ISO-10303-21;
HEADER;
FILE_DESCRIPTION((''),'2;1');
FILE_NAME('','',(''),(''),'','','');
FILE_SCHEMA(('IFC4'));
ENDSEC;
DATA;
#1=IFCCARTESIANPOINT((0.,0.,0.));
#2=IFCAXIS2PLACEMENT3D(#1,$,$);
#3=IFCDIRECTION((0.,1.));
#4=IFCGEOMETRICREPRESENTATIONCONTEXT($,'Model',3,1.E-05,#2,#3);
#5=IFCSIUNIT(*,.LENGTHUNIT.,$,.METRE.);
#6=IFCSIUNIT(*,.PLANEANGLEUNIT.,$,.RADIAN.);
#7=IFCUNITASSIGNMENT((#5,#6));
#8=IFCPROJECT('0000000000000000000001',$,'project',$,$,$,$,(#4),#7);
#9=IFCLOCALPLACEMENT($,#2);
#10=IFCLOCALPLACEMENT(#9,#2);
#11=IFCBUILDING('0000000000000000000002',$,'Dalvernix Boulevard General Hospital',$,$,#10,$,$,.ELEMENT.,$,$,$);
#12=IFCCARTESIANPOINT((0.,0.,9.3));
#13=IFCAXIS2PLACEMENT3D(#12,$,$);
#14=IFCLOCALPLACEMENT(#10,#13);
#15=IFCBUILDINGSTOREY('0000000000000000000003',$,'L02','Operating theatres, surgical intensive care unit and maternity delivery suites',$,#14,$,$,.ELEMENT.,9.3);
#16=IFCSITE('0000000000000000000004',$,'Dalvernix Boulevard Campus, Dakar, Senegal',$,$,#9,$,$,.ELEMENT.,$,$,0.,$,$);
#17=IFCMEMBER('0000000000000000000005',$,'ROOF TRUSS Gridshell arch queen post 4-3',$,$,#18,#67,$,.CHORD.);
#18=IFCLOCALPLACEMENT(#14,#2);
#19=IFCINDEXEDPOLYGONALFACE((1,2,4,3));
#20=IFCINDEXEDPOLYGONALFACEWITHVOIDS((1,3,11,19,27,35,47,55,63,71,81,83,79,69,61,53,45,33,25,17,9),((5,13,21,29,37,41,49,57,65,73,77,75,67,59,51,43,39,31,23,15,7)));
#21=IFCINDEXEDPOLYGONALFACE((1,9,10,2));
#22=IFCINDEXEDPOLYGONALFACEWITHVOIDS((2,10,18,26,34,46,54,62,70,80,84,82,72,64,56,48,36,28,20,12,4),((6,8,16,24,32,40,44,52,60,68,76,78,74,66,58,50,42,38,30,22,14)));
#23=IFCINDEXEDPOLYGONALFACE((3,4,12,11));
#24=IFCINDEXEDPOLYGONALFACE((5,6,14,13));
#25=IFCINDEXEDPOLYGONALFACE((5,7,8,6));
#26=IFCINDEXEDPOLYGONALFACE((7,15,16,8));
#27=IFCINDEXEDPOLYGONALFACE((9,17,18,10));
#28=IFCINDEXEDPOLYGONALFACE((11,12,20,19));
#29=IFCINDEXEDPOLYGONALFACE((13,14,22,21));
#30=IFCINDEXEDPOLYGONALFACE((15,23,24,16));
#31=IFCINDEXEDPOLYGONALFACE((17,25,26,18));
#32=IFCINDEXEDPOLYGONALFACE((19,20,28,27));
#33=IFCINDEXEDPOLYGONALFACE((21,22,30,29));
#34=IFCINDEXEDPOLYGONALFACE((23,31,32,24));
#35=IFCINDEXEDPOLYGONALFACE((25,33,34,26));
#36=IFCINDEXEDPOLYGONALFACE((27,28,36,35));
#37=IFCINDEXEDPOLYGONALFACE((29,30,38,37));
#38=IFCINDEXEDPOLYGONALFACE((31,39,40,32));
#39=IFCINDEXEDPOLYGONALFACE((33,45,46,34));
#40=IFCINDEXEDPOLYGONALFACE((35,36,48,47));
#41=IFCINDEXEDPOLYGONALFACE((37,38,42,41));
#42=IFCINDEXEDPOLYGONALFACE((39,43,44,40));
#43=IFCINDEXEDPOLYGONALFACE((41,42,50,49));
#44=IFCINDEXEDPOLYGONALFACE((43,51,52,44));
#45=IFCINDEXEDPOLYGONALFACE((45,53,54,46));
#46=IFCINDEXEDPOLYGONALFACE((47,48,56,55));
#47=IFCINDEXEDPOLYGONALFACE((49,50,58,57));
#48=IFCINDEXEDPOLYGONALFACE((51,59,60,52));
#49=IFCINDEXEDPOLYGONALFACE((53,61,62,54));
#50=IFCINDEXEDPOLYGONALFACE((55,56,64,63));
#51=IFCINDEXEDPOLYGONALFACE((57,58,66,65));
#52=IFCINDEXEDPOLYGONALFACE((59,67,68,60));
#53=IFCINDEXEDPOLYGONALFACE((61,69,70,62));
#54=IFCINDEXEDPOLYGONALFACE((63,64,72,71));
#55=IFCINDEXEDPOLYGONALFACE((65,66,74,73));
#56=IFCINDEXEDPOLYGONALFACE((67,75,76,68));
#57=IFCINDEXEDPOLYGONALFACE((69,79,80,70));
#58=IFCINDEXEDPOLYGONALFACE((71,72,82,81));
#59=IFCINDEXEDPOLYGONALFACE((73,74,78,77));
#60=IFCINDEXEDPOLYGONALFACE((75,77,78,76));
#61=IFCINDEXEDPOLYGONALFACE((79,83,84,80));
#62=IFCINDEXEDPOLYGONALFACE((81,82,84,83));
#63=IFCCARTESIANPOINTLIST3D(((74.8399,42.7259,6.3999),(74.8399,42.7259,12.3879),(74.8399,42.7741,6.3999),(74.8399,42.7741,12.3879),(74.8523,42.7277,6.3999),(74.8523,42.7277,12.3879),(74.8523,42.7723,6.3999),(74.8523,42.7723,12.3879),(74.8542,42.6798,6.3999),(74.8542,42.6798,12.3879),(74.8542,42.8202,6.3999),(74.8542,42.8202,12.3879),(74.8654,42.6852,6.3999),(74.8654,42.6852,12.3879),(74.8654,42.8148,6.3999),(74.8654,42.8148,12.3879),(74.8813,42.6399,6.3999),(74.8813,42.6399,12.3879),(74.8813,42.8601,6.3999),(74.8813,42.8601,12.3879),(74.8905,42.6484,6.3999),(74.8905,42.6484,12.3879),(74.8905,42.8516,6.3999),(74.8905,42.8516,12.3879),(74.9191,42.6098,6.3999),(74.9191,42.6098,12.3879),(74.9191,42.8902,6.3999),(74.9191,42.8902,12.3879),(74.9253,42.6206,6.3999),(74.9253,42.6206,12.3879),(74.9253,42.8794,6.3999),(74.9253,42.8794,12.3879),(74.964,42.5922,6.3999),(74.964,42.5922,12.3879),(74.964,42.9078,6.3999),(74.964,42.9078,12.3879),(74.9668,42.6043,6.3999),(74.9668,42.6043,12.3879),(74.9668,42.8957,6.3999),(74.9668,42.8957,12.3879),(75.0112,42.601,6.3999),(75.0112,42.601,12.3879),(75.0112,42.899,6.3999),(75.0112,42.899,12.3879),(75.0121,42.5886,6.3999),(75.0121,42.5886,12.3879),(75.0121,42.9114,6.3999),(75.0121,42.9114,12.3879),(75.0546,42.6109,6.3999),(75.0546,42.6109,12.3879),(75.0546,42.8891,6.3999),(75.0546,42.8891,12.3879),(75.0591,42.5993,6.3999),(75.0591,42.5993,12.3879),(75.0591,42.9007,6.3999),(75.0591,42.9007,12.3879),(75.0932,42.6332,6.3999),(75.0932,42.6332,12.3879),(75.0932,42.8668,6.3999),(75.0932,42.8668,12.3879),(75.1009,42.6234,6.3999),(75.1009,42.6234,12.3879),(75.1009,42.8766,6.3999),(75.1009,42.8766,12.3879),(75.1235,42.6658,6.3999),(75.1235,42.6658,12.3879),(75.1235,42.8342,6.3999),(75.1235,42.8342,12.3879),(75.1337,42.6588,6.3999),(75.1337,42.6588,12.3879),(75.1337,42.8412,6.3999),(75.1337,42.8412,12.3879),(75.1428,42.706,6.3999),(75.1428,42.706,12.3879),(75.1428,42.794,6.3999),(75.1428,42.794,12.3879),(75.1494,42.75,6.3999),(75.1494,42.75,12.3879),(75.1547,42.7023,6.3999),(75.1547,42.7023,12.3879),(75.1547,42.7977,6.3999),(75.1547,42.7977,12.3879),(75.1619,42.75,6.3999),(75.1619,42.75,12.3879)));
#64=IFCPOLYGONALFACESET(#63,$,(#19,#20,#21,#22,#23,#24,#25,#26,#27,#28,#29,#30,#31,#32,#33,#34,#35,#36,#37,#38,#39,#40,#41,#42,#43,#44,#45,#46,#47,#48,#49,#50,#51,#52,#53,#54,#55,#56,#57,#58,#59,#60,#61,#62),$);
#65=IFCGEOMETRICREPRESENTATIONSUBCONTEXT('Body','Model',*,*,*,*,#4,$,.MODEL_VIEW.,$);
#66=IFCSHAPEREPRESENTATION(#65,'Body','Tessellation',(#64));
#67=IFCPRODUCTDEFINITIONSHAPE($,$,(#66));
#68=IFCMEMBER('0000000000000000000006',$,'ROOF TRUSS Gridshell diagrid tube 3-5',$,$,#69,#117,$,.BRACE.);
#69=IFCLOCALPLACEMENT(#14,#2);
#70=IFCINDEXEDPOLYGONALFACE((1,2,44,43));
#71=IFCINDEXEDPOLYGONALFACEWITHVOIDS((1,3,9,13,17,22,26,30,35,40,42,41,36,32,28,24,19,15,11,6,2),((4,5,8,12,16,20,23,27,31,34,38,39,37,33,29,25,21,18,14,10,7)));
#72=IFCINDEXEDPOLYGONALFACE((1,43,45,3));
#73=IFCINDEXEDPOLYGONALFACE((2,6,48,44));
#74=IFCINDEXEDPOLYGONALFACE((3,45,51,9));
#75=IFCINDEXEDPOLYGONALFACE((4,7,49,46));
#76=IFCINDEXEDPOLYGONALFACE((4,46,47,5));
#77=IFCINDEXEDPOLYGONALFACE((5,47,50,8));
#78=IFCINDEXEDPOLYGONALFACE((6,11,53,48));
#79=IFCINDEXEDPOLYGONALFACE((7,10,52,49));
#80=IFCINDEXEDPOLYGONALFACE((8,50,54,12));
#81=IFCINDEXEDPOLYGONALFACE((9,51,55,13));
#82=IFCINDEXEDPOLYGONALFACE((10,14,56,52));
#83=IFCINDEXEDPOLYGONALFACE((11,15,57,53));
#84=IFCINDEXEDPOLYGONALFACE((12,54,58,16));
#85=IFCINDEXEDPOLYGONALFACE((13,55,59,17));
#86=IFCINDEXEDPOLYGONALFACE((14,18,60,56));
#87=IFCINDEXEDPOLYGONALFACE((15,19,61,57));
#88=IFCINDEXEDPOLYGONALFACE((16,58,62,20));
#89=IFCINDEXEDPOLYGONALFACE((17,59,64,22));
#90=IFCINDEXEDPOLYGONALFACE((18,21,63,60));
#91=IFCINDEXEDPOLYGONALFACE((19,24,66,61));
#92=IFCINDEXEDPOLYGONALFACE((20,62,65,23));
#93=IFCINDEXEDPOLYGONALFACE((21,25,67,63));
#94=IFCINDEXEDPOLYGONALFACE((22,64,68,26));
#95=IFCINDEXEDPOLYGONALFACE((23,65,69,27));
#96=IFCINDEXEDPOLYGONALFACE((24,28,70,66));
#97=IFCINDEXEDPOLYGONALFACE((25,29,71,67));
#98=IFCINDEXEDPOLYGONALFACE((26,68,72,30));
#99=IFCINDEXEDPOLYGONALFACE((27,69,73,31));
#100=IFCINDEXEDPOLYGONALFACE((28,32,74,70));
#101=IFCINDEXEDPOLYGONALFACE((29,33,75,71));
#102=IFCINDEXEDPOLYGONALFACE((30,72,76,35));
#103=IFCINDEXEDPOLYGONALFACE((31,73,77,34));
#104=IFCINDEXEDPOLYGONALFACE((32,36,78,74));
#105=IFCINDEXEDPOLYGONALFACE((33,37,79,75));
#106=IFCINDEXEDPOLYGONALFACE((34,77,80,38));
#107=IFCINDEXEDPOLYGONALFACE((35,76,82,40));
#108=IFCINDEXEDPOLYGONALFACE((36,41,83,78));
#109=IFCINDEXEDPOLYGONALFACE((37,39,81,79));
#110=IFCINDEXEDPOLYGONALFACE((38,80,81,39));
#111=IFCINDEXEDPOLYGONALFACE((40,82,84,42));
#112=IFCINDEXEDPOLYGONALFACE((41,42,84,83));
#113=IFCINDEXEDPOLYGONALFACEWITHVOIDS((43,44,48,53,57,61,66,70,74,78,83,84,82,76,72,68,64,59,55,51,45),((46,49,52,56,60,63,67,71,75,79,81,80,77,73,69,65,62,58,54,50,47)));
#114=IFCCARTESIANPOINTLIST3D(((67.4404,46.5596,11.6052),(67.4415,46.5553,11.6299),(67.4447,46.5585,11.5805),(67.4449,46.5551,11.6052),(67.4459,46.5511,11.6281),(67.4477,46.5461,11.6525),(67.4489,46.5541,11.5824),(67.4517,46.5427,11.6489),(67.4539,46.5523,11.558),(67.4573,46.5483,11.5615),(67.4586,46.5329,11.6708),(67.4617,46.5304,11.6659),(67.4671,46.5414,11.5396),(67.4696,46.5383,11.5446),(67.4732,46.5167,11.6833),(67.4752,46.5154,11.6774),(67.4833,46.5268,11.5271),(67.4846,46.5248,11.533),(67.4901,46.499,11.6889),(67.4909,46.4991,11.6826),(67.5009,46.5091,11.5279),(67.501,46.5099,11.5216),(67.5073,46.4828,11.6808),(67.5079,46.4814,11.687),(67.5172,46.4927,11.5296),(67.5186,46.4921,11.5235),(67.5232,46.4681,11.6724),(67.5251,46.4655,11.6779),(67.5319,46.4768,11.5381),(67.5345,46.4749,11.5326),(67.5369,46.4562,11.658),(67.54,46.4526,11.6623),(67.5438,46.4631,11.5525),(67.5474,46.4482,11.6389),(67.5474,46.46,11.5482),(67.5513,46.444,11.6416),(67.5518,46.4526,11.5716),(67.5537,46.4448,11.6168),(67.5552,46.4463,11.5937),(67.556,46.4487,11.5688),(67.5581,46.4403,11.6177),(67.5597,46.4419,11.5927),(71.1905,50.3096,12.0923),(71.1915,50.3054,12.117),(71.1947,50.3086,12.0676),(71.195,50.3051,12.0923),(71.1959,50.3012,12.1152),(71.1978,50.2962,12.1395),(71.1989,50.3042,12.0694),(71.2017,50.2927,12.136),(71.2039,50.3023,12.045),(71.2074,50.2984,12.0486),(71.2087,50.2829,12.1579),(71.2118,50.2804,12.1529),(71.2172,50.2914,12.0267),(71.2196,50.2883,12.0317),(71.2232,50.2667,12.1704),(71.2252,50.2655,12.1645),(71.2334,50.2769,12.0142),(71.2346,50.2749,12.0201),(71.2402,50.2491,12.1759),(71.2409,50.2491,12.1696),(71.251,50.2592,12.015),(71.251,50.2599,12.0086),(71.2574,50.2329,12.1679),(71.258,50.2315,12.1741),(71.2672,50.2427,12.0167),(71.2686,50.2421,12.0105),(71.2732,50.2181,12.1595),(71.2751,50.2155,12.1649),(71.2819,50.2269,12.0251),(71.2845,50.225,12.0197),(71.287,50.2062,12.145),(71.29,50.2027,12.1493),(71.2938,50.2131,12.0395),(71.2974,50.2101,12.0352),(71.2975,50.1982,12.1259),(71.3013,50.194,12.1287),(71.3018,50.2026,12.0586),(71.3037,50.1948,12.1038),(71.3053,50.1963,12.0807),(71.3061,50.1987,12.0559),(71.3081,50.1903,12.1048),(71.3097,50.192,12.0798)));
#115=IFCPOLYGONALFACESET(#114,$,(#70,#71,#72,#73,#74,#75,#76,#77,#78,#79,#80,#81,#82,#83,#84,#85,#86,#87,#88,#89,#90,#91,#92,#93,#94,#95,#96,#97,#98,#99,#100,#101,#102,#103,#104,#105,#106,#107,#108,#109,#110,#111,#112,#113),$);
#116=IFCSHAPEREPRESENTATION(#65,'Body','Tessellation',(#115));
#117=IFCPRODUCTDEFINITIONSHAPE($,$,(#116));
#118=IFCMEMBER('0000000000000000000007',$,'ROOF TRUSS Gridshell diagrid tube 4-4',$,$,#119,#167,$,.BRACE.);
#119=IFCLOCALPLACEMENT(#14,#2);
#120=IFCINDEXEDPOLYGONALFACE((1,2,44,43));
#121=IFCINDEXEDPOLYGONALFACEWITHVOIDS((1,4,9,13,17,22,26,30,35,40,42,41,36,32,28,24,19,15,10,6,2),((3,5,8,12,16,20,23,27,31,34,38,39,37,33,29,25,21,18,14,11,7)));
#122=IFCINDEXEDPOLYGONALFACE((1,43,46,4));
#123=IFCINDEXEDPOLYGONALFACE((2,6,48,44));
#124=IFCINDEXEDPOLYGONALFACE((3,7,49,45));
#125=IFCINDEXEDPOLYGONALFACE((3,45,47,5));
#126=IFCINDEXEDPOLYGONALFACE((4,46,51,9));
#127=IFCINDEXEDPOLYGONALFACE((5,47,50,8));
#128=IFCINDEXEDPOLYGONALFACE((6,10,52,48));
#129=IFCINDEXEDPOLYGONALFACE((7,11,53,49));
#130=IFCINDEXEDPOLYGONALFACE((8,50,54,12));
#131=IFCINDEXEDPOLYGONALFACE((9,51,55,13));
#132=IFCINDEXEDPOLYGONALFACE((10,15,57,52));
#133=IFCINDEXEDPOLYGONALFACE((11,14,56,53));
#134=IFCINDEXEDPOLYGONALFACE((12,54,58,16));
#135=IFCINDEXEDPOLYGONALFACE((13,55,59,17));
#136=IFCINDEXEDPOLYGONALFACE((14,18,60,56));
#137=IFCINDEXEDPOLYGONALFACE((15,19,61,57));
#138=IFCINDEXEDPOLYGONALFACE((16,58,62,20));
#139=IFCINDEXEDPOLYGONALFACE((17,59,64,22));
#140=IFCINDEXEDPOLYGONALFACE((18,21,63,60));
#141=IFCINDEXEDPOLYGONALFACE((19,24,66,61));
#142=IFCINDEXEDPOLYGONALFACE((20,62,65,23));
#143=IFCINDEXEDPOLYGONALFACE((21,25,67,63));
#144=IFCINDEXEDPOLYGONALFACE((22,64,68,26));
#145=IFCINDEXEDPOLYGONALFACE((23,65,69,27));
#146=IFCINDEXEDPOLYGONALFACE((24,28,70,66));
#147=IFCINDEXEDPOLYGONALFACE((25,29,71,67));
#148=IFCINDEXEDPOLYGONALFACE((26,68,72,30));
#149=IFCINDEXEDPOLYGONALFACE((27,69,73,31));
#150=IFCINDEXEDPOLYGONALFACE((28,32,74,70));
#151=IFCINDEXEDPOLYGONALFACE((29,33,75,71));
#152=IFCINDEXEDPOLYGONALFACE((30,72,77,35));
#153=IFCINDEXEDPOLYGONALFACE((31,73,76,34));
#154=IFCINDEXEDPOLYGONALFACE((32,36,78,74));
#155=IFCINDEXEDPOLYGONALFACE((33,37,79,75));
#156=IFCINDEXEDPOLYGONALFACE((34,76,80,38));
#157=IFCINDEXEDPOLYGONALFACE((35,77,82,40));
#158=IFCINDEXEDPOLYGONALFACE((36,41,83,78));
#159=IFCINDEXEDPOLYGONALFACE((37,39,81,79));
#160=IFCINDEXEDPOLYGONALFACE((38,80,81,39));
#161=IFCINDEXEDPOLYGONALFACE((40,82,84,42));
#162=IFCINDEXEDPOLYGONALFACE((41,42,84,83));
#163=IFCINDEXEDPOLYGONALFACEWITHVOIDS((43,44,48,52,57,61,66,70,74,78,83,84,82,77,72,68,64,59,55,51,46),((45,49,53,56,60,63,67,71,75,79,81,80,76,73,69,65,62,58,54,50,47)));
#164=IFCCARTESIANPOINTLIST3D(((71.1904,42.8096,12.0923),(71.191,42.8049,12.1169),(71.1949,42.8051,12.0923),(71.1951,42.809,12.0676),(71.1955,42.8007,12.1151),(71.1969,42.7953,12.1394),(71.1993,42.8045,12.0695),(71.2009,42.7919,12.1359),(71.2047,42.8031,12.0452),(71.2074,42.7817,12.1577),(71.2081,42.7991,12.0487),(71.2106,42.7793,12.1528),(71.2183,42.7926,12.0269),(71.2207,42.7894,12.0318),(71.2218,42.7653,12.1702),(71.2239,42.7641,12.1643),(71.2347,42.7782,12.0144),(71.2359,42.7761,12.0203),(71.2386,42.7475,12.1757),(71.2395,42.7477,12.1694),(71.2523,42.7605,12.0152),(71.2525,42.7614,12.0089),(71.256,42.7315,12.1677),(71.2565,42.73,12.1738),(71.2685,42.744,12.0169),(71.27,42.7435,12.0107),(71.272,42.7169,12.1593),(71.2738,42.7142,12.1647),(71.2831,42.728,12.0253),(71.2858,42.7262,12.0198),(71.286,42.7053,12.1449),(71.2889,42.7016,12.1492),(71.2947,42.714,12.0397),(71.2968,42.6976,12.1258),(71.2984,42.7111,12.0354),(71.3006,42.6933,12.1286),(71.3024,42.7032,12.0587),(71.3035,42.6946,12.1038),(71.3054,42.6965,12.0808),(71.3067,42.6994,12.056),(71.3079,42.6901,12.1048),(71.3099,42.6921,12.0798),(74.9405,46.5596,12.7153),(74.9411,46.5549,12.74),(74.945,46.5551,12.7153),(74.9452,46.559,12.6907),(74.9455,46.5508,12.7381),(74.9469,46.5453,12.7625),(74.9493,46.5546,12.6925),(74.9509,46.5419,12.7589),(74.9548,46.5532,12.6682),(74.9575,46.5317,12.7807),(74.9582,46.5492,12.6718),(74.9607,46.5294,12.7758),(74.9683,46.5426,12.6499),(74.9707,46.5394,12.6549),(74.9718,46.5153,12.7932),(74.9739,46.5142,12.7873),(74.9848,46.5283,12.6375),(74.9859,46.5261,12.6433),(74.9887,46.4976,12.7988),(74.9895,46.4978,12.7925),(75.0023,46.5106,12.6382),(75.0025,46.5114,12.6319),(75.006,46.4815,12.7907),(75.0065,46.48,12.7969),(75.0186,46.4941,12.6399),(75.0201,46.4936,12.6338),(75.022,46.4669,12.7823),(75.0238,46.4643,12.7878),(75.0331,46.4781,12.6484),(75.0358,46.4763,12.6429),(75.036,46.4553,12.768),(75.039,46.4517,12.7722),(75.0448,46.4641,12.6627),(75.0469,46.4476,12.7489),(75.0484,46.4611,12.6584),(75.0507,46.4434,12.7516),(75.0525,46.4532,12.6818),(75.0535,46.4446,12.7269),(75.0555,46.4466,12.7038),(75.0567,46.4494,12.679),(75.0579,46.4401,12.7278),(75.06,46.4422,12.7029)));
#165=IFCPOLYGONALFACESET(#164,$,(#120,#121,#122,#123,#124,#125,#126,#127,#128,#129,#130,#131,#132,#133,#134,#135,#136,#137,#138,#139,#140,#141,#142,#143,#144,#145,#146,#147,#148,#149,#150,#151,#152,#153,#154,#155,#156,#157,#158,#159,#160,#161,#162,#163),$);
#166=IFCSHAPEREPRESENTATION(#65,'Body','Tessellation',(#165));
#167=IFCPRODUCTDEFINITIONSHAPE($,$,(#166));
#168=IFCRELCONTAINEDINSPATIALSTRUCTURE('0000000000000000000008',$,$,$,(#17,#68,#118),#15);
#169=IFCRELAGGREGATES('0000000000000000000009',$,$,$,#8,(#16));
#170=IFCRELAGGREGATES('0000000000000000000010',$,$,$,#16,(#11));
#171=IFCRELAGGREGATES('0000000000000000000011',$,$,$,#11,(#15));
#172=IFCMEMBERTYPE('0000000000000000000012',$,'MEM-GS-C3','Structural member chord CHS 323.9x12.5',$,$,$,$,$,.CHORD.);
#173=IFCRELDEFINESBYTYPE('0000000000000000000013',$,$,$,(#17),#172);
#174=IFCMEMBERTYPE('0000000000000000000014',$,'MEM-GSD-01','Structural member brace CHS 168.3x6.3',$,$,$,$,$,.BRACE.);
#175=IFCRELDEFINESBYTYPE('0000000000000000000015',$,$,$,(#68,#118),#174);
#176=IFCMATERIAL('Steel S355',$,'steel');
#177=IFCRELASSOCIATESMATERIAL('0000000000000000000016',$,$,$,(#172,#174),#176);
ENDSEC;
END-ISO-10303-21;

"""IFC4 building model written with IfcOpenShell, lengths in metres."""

from ifc_helpers import new_model, si_unit, direction, frame, origin, origin_2d, place, context, subcontext, project, spatial, hollow_circle, extrude, material, material_profile, profile_set, type_object, element, save


model = new_model("IFC4")

# Units and contexts
model_context = context("Model", 3, precision=1e-05, world=origin(), true_north=direction((0.0, 1.0)))
body_context = subcontext(model_context, "Body", "Model", "MODEL_VIEW")
ifc_project = project(units=[si_unit("LENGTHUNIT", "METRE"), si_unit("PLANEANGLEUNIT", "RADIAN")], contexts=[model_context])

# Site, building, storey
site_placement = place(None, origin())
site = spatial("IfcSite", under=ifc_project, at=site_placement, Name="Dalvernix Boulevard Campus, Dakar, Senegal", CompositionType="ELEMENT", RefElevation=0.0)
building_placement = place(site_placement, origin())
building = spatial("IfcBuilding", under=site, at=building_placement, Name="Dalvernix Boulevard General Hospital", CompositionType="ELEMENT")
storey_placement = place(building_placement, frame((0.0, 0.0, 9.3)))
storey = spatial("IfcBuildingStorey", under=building, at=storey_placement, Name="L02", Description="Operating theatres, surgical intensive care unit and maternity delivery suites", CompositionType="ELEMENT", Elevation=9.3)

# Shared definitions
ifc_material_1 = material(Name="Steel S355", Category="steel")

# Members
ifc_material_profile_1 = material_profile(ifc_material_1, hollow_circle(Radius=0.1619, WallThickness=0.0125, at=origin_2d()), Name="CHS 323.9x12.5")
ifc_profile_set_1 = profile_set([ifc_material_profile_1], Name="Steel S355")
member_type_1 = type_object("IfcMemberType", Name="MEM-GS-C3", Description="Structural member chord CHS 323.9x12.5", PredefinedType="CHORD", material=ifc_profile_set_1)
member_1_placement = place(storey_placement, frame((75.0, 42.75, 6.3999), z_axis=(0.0, 0.0, 1.0), x_axis=(1.0, 0.0, 0.0)))
element("IfcMember", 1, at=member_1_placement, inside=storey, type_object=member_type_1, Name="ROOF TRUSS Gridshell arch queen post 4-3", PredefinedType="CHORD", context=body_context, shape_type="SweptSolid", body=[
    extrude(hollow_circle(Radius=0.1619, WallThickness=0.0125, at=origin_2d()), origin(), (0.0, 0.0, 1.0), 5.988),
])
ifc_material_profile_2 = material_profile(ifc_material_1, hollow_circle(Radius=0.0842, WallThickness=0.0063, at=origin_2d()), Name="CHS 168.3x6.3")
ifc_profile_set_2 = profile_set([ifc_material_profile_2], Name="Steel S355")
member_type_2 = type_object("IfcMemberType", Name="MEM-GSD-01", Description="Structural member brace CHS 168.3x6.3", PredefinedType="BRACE", material=ifc_profile_set_2)
member_2_placement = place(storey_placement, frame((67.5, 46.5, 11.6052), z_axis=(0.704143, 0.704143, 0.091456), x_axis=(-0.707107, 0.707107, 0.0)))
element("IfcMember", 2, at=member_2_placement, inside=storey, type_object=member_type_2, Name="ROOF TRUSS Gridshell diagrid tube 3-5", PredefinedType="BRACE", context=body_context, shape_type="SweptSolid", body=[
    extrude(hollow_circle(Radius=0.0842, WallThickness=0.0063, at=origin_2d()), origin(), (0.0, 0.0, 1.0), 5.3257),
])
member_3_placement = place(storey_placement, frame((71.25, 42.75, 12.0923), z_axis=(0.702277, 0.702277, 0.11668), x_axis=(-0.707107, 0.707107, 0.0)))
element("IfcMember", 3, at=member_3_placement, inside=storey, type_object=member_type_2, Name="ROOF TRUSS Gridshell diagrid tube 4-4", PredefinedType="BRACE", context=body_context, shape_type="SweptSolid", body=[
    extrude(hollow_circle(Radius=0.0842, WallThickness=0.0063, at=origin_2d()), origin(), (0.0, 0.0, 1.0), 5.3398),
])

save(model, "model.ifc")
